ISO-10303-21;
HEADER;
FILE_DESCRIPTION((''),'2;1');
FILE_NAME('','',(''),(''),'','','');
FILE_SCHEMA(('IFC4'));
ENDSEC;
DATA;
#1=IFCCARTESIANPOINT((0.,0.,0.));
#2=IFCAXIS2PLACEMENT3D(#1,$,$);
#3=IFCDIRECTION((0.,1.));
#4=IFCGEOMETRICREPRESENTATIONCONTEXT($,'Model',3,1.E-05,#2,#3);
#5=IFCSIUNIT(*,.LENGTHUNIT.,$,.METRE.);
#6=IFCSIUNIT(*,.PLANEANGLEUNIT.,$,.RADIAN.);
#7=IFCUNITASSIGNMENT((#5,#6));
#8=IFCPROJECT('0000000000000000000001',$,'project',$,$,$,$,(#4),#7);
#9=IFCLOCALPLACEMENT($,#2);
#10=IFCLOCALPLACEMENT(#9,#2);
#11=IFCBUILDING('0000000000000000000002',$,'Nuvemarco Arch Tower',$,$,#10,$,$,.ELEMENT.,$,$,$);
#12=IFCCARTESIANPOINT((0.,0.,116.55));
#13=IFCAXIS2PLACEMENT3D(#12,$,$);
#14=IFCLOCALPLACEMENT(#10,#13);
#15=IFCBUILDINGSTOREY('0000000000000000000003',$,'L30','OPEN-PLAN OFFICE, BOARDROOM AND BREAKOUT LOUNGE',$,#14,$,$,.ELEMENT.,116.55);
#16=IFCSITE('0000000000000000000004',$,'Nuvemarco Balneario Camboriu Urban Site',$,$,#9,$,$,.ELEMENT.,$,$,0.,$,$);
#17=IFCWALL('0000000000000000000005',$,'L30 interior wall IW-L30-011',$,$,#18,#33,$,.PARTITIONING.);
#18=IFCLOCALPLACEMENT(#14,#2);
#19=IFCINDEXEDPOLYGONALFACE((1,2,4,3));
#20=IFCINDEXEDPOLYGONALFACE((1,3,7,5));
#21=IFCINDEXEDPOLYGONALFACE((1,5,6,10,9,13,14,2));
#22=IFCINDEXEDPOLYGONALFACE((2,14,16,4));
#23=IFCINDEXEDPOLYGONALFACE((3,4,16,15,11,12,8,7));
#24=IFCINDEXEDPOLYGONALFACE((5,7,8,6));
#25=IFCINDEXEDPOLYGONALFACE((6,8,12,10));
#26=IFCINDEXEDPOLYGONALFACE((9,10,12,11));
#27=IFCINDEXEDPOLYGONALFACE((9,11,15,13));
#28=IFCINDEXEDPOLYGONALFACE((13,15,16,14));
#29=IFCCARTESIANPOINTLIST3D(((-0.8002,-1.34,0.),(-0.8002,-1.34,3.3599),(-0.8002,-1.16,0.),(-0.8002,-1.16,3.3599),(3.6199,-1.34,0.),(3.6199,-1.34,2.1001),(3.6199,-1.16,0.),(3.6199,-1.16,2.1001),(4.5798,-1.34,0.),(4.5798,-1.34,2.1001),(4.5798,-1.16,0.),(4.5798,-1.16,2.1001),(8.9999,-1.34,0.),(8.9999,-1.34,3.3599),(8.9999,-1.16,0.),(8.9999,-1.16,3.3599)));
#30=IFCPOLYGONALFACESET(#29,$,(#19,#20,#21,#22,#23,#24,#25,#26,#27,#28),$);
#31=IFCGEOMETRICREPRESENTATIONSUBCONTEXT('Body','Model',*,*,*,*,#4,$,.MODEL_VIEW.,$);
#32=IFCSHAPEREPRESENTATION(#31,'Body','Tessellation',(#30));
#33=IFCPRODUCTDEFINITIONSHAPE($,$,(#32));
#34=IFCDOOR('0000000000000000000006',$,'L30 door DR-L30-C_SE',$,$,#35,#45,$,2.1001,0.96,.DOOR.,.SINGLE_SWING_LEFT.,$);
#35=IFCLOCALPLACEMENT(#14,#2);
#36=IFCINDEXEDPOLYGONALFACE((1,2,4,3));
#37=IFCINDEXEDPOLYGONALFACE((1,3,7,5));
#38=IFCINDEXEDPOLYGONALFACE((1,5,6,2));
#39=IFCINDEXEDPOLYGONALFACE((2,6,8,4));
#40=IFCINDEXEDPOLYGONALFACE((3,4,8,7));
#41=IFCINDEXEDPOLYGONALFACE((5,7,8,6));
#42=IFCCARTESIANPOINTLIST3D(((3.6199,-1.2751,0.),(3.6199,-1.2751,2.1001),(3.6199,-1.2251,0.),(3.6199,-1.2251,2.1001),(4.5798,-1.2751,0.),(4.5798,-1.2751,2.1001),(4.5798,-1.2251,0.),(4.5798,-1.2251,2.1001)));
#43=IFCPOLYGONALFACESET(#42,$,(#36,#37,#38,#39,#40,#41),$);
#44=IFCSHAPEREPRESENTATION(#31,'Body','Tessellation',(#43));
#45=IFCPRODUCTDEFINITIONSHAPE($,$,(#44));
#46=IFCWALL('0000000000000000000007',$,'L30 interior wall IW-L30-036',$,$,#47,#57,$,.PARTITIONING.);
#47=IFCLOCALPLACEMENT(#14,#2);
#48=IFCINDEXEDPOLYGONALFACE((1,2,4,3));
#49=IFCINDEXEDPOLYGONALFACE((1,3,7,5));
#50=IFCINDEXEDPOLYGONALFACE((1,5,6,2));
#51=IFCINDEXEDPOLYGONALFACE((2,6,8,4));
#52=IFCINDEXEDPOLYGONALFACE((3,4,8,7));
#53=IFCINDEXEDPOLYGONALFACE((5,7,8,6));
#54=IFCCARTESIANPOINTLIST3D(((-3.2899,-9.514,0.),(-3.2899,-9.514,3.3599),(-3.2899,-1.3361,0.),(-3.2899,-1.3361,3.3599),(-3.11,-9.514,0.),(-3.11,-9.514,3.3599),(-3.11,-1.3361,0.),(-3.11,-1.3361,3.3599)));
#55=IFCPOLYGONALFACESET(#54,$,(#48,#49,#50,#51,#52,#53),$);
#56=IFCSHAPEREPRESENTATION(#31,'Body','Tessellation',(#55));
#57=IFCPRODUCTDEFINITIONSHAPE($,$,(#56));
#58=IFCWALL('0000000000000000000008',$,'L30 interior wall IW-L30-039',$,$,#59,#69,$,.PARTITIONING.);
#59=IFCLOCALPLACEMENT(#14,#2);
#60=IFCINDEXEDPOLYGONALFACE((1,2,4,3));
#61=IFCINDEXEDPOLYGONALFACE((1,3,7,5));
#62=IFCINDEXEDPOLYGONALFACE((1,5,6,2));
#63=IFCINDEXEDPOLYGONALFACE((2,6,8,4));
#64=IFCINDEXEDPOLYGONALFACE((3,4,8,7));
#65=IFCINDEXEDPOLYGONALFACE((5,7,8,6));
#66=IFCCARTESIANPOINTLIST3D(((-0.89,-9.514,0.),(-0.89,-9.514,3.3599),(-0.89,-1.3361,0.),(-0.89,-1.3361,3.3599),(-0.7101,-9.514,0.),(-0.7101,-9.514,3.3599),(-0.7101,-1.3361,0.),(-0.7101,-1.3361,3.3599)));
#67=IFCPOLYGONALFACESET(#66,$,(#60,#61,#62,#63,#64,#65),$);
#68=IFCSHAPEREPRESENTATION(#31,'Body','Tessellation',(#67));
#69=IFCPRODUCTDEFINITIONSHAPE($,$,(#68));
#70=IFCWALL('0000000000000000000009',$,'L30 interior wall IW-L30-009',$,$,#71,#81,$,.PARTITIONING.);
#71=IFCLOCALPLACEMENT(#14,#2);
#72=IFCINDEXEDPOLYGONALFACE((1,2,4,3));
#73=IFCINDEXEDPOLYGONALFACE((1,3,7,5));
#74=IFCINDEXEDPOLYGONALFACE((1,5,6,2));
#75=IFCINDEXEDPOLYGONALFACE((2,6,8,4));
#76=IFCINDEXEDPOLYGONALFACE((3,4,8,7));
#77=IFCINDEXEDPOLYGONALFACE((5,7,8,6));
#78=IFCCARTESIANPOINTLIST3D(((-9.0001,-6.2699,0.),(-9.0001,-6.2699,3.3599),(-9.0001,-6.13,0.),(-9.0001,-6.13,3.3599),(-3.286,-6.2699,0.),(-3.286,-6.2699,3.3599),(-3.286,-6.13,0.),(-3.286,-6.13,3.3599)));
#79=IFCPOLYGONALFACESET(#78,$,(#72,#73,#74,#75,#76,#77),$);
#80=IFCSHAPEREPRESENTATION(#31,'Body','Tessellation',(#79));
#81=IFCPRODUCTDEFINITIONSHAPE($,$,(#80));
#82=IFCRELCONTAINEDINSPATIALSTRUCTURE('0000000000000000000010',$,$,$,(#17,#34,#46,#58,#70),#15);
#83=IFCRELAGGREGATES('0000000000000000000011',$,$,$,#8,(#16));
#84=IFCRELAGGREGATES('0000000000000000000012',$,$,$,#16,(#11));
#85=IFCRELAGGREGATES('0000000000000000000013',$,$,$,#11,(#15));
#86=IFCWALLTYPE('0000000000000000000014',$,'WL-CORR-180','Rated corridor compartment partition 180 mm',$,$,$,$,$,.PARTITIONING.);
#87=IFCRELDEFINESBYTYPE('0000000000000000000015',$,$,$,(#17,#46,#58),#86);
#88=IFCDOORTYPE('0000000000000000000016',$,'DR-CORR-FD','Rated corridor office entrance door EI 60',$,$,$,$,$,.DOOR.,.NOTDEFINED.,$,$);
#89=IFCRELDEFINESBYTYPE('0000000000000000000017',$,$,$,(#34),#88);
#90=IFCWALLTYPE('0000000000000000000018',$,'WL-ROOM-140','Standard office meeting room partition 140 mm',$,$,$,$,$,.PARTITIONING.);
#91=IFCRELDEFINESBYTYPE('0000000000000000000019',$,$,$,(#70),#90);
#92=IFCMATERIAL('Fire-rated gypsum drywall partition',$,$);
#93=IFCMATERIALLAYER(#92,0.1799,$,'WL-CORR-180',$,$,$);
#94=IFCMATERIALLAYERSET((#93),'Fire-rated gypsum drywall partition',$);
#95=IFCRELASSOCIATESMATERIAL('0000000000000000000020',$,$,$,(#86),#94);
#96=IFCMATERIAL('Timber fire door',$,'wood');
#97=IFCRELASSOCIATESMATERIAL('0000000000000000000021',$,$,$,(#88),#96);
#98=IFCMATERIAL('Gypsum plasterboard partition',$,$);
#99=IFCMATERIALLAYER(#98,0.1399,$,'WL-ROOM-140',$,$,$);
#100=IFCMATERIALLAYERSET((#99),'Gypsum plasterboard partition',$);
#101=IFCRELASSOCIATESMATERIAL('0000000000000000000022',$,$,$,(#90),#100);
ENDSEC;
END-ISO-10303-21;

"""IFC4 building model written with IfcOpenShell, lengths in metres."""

from ifc_helpers import new_model, si_unit, direction, frame, frame_2d, origin, place, context, subcontext, project, spatial, rectangle, extrude, source, transform, mapped, material, layer, layer_set, type_object, type_shapes, element, fill, save


model = new_model("IFC4")

# Units and contexts
model_context = context("Model", 3, precision=1e-05, world=origin(), true_north=direction((0.0, 1.0)))
body_context = subcontext(model_context, "Body", "Model", "MODEL_VIEW")
ifc_project = project(units=[si_unit("LENGTHUNIT", "METRE"), si_unit("PLANEANGLEUNIT", "RADIAN")], contexts=[model_context])

# Site, building, storey
site_placement = place(None, origin())
site = spatial("IfcSite", under=ifc_project, at=site_placement, Name="Nuvemarco Balneario Camboriu Urban Site", CompositionType="ELEMENT", RefElevation=0.0)
building_placement = place(site_placement, origin())
building = spatial("IfcBuilding", under=site, at=building_placement, Name="Nuvemarco Arch Tower", CompositionType="ELEMENT")
storey_placement = place(building_placement, frame((0.0, 0.0, 116.55)))
storey = spatial("IfcBuildingStorey", under=building, at=storey_placement, Name="L30", Description="OPEN-PLAN OFFICE, BOARDROOM AND BREAKOUT LOUNGE", CompositionType="ELEMENT", Elevation=116.55)

# Shared definitions
ifc_material_1 = material(Name="Fire-rated gypsum drywall partition")
ifc_layer_1 = layer(ifc_material_1, 0.1799, Name="WL-CORR-180")
ifc_layer_set_1 = layer_set([ifc_layer_1], Name="Fire-rated gypsum drywall partition")
wall_type_1 = type_object("IfcWallType", Name="WL-CORR-180", Description="Rated corridor compartment partition 180 mm", PredefinedType="PARTITIONING", material=ifc_layer_set_1)
ifc_material_2 = material(Name="Timber fire door", Category="wood")
door_type = type_object("IfcDoorType", Name="DR-CORR-FD", Description="Rated corridor office entrance door EI 60", OperationType="NOTDEFINED", PredefinedType="DOOR", material=ifc_material_2)
shared_shape = source(origin(), body_context, "Body", "SweptSolid", [
    extrude(rectangle(XDim=0.96, YDim=2.1001, at=frame_2d((0.48, 1.05))), frame((0.0, 0.0249, 0.0), z_axis=(0.0, -1.0, 0.0), x_axis=(1.0, 0.0, 0.0)), (0.0, 0.0, 1.0), 0.05),
])
type_shapes(door_type, [shared_shape])

# Wall, opening, door
wall_1_placement = place(storey_placement, frame((-0.8, -1.25, 0.0), z_axis=(0.0, 0.0, 1.0), x_axis=(1.0, 0.0, 0.0)))
wall_1 = element("IfcWall", 1, at=wall_1_placement, inside=storey, type_object=wall_type_1, Name="L30 interior wall IW-L30-011", PredefinedType="PARTITIONING", context=body_context, shape_type="SweptSolid", body=[
    extrude(rectangle(XDim=9.8, YDim=0.1799, at=frame_2d((4.8999, 0.0))), origin(), (0.0, 0.0, 1.0), 3.3599),
])
opening_1_placement = place(wall_1_placement, frame((4.4199, 0.0, 0.0)))
opening_1 = element("IfcOpeningElement", 2, at=opening_1_placement, cuts=wall_1, PredefinedType="OPENING", context=body_context, shape_type="SweptSolid", body=[
    extrude(rectangle(XDim=0.96, YDim=2.1001, at=frame_2d((0.48, 1.05))), frame((0.0, 0.0999, 0.0), z_axis=(0.0, -1.0, 0.0), x_axis=(1.0, 0.0, 0.0)), (0.0, 0.0, 1.0), 0.2),
])
door_1_placement = place(opening_1_placement, origin())
door_1 = element("IfcDoor", 3, at=door_1_placement, inside=storey, type_object=door_type, Name="L30 door DR-L30-C_SE", OperationType="SINGLE_SWING_LEFT", OverallHeight=2.1001, OverallWidth=0.96, PredefinedType="DOOR", context=body_context, shape_type="MappedRepresentation", body=[
    mapped(shared_shape, transform((0.0, 0.0, 0.0), scale=1.0)),
])
fill(opening_1, door_1)

# Walls
for number, where, z_axis, x_axis, name in (
    (4, (-3.2, -9.5139, 0.0), (0.0, 0.0, 1.0), (0.0, 1.0, 0.0), "L30 interior wall IW-L30-036"),
    (5, (-0.8, -9.5139, 0.0), (0.0, 0.0, 1.0), (0.0, 1.0, 0.0), "L30 interior wall IW-L30-039"),
):
    element("IfcWall", number, at=place(storey_placement, frame(where, z_axis=z_axis, x_axis=x_axis)), inside=storey, type_object=wall_type_1, Name=name, PredefinedType="PARTITIONING", context=body_context, shape_type="SweptSolid", body=[
        extrude(rectangle(XDim=8.178, YDim=0.1799, at=frame_2d((4.0889, 0.0))), origin(), (0.0, 0.0, 1.0), 3.3599),
    ])
ifc_material_3 = material(Name="Gypsum plasterboard partition")
ifc_layer_2 = layer(ifc_material_3, 0.1399, Name="WL-ROOM-140")
ifc_layer_set_2 = layer_set([ifc_layer_2], Name="Gypsum plasterboard partition")
wall_type_2 = type_object("IfcWallType", Name="WL-ROOM-140", Description="Standard office meeting room partition 140 mm", PredefinedType="PARTITIONING", material=ifc_layer_set_2)
wall_2_placement = place(storey_placement, frame((-9.0, -6.2, 0.0), z_axis=(0.0, 0.0, 1.0), x_axis=(1.0, 0.0, 0.0)))
element("IfcWall", 6, at=wall_2_placement, inside=storey, type_object=wall_type_2, Name="L30 interior wall IW-L30-009", PredefinedType="PARTITIONING", context=body_context, shape_type="SweptSolid", body=[
    extrude(rectangle(XDim=5.7141, YDim=0.1399, at=frame_2d((2.8569, 0.0))), origin(), (0.0, 0.0, 1.0), 3.3599),
])

save(model, "model.ifc")
